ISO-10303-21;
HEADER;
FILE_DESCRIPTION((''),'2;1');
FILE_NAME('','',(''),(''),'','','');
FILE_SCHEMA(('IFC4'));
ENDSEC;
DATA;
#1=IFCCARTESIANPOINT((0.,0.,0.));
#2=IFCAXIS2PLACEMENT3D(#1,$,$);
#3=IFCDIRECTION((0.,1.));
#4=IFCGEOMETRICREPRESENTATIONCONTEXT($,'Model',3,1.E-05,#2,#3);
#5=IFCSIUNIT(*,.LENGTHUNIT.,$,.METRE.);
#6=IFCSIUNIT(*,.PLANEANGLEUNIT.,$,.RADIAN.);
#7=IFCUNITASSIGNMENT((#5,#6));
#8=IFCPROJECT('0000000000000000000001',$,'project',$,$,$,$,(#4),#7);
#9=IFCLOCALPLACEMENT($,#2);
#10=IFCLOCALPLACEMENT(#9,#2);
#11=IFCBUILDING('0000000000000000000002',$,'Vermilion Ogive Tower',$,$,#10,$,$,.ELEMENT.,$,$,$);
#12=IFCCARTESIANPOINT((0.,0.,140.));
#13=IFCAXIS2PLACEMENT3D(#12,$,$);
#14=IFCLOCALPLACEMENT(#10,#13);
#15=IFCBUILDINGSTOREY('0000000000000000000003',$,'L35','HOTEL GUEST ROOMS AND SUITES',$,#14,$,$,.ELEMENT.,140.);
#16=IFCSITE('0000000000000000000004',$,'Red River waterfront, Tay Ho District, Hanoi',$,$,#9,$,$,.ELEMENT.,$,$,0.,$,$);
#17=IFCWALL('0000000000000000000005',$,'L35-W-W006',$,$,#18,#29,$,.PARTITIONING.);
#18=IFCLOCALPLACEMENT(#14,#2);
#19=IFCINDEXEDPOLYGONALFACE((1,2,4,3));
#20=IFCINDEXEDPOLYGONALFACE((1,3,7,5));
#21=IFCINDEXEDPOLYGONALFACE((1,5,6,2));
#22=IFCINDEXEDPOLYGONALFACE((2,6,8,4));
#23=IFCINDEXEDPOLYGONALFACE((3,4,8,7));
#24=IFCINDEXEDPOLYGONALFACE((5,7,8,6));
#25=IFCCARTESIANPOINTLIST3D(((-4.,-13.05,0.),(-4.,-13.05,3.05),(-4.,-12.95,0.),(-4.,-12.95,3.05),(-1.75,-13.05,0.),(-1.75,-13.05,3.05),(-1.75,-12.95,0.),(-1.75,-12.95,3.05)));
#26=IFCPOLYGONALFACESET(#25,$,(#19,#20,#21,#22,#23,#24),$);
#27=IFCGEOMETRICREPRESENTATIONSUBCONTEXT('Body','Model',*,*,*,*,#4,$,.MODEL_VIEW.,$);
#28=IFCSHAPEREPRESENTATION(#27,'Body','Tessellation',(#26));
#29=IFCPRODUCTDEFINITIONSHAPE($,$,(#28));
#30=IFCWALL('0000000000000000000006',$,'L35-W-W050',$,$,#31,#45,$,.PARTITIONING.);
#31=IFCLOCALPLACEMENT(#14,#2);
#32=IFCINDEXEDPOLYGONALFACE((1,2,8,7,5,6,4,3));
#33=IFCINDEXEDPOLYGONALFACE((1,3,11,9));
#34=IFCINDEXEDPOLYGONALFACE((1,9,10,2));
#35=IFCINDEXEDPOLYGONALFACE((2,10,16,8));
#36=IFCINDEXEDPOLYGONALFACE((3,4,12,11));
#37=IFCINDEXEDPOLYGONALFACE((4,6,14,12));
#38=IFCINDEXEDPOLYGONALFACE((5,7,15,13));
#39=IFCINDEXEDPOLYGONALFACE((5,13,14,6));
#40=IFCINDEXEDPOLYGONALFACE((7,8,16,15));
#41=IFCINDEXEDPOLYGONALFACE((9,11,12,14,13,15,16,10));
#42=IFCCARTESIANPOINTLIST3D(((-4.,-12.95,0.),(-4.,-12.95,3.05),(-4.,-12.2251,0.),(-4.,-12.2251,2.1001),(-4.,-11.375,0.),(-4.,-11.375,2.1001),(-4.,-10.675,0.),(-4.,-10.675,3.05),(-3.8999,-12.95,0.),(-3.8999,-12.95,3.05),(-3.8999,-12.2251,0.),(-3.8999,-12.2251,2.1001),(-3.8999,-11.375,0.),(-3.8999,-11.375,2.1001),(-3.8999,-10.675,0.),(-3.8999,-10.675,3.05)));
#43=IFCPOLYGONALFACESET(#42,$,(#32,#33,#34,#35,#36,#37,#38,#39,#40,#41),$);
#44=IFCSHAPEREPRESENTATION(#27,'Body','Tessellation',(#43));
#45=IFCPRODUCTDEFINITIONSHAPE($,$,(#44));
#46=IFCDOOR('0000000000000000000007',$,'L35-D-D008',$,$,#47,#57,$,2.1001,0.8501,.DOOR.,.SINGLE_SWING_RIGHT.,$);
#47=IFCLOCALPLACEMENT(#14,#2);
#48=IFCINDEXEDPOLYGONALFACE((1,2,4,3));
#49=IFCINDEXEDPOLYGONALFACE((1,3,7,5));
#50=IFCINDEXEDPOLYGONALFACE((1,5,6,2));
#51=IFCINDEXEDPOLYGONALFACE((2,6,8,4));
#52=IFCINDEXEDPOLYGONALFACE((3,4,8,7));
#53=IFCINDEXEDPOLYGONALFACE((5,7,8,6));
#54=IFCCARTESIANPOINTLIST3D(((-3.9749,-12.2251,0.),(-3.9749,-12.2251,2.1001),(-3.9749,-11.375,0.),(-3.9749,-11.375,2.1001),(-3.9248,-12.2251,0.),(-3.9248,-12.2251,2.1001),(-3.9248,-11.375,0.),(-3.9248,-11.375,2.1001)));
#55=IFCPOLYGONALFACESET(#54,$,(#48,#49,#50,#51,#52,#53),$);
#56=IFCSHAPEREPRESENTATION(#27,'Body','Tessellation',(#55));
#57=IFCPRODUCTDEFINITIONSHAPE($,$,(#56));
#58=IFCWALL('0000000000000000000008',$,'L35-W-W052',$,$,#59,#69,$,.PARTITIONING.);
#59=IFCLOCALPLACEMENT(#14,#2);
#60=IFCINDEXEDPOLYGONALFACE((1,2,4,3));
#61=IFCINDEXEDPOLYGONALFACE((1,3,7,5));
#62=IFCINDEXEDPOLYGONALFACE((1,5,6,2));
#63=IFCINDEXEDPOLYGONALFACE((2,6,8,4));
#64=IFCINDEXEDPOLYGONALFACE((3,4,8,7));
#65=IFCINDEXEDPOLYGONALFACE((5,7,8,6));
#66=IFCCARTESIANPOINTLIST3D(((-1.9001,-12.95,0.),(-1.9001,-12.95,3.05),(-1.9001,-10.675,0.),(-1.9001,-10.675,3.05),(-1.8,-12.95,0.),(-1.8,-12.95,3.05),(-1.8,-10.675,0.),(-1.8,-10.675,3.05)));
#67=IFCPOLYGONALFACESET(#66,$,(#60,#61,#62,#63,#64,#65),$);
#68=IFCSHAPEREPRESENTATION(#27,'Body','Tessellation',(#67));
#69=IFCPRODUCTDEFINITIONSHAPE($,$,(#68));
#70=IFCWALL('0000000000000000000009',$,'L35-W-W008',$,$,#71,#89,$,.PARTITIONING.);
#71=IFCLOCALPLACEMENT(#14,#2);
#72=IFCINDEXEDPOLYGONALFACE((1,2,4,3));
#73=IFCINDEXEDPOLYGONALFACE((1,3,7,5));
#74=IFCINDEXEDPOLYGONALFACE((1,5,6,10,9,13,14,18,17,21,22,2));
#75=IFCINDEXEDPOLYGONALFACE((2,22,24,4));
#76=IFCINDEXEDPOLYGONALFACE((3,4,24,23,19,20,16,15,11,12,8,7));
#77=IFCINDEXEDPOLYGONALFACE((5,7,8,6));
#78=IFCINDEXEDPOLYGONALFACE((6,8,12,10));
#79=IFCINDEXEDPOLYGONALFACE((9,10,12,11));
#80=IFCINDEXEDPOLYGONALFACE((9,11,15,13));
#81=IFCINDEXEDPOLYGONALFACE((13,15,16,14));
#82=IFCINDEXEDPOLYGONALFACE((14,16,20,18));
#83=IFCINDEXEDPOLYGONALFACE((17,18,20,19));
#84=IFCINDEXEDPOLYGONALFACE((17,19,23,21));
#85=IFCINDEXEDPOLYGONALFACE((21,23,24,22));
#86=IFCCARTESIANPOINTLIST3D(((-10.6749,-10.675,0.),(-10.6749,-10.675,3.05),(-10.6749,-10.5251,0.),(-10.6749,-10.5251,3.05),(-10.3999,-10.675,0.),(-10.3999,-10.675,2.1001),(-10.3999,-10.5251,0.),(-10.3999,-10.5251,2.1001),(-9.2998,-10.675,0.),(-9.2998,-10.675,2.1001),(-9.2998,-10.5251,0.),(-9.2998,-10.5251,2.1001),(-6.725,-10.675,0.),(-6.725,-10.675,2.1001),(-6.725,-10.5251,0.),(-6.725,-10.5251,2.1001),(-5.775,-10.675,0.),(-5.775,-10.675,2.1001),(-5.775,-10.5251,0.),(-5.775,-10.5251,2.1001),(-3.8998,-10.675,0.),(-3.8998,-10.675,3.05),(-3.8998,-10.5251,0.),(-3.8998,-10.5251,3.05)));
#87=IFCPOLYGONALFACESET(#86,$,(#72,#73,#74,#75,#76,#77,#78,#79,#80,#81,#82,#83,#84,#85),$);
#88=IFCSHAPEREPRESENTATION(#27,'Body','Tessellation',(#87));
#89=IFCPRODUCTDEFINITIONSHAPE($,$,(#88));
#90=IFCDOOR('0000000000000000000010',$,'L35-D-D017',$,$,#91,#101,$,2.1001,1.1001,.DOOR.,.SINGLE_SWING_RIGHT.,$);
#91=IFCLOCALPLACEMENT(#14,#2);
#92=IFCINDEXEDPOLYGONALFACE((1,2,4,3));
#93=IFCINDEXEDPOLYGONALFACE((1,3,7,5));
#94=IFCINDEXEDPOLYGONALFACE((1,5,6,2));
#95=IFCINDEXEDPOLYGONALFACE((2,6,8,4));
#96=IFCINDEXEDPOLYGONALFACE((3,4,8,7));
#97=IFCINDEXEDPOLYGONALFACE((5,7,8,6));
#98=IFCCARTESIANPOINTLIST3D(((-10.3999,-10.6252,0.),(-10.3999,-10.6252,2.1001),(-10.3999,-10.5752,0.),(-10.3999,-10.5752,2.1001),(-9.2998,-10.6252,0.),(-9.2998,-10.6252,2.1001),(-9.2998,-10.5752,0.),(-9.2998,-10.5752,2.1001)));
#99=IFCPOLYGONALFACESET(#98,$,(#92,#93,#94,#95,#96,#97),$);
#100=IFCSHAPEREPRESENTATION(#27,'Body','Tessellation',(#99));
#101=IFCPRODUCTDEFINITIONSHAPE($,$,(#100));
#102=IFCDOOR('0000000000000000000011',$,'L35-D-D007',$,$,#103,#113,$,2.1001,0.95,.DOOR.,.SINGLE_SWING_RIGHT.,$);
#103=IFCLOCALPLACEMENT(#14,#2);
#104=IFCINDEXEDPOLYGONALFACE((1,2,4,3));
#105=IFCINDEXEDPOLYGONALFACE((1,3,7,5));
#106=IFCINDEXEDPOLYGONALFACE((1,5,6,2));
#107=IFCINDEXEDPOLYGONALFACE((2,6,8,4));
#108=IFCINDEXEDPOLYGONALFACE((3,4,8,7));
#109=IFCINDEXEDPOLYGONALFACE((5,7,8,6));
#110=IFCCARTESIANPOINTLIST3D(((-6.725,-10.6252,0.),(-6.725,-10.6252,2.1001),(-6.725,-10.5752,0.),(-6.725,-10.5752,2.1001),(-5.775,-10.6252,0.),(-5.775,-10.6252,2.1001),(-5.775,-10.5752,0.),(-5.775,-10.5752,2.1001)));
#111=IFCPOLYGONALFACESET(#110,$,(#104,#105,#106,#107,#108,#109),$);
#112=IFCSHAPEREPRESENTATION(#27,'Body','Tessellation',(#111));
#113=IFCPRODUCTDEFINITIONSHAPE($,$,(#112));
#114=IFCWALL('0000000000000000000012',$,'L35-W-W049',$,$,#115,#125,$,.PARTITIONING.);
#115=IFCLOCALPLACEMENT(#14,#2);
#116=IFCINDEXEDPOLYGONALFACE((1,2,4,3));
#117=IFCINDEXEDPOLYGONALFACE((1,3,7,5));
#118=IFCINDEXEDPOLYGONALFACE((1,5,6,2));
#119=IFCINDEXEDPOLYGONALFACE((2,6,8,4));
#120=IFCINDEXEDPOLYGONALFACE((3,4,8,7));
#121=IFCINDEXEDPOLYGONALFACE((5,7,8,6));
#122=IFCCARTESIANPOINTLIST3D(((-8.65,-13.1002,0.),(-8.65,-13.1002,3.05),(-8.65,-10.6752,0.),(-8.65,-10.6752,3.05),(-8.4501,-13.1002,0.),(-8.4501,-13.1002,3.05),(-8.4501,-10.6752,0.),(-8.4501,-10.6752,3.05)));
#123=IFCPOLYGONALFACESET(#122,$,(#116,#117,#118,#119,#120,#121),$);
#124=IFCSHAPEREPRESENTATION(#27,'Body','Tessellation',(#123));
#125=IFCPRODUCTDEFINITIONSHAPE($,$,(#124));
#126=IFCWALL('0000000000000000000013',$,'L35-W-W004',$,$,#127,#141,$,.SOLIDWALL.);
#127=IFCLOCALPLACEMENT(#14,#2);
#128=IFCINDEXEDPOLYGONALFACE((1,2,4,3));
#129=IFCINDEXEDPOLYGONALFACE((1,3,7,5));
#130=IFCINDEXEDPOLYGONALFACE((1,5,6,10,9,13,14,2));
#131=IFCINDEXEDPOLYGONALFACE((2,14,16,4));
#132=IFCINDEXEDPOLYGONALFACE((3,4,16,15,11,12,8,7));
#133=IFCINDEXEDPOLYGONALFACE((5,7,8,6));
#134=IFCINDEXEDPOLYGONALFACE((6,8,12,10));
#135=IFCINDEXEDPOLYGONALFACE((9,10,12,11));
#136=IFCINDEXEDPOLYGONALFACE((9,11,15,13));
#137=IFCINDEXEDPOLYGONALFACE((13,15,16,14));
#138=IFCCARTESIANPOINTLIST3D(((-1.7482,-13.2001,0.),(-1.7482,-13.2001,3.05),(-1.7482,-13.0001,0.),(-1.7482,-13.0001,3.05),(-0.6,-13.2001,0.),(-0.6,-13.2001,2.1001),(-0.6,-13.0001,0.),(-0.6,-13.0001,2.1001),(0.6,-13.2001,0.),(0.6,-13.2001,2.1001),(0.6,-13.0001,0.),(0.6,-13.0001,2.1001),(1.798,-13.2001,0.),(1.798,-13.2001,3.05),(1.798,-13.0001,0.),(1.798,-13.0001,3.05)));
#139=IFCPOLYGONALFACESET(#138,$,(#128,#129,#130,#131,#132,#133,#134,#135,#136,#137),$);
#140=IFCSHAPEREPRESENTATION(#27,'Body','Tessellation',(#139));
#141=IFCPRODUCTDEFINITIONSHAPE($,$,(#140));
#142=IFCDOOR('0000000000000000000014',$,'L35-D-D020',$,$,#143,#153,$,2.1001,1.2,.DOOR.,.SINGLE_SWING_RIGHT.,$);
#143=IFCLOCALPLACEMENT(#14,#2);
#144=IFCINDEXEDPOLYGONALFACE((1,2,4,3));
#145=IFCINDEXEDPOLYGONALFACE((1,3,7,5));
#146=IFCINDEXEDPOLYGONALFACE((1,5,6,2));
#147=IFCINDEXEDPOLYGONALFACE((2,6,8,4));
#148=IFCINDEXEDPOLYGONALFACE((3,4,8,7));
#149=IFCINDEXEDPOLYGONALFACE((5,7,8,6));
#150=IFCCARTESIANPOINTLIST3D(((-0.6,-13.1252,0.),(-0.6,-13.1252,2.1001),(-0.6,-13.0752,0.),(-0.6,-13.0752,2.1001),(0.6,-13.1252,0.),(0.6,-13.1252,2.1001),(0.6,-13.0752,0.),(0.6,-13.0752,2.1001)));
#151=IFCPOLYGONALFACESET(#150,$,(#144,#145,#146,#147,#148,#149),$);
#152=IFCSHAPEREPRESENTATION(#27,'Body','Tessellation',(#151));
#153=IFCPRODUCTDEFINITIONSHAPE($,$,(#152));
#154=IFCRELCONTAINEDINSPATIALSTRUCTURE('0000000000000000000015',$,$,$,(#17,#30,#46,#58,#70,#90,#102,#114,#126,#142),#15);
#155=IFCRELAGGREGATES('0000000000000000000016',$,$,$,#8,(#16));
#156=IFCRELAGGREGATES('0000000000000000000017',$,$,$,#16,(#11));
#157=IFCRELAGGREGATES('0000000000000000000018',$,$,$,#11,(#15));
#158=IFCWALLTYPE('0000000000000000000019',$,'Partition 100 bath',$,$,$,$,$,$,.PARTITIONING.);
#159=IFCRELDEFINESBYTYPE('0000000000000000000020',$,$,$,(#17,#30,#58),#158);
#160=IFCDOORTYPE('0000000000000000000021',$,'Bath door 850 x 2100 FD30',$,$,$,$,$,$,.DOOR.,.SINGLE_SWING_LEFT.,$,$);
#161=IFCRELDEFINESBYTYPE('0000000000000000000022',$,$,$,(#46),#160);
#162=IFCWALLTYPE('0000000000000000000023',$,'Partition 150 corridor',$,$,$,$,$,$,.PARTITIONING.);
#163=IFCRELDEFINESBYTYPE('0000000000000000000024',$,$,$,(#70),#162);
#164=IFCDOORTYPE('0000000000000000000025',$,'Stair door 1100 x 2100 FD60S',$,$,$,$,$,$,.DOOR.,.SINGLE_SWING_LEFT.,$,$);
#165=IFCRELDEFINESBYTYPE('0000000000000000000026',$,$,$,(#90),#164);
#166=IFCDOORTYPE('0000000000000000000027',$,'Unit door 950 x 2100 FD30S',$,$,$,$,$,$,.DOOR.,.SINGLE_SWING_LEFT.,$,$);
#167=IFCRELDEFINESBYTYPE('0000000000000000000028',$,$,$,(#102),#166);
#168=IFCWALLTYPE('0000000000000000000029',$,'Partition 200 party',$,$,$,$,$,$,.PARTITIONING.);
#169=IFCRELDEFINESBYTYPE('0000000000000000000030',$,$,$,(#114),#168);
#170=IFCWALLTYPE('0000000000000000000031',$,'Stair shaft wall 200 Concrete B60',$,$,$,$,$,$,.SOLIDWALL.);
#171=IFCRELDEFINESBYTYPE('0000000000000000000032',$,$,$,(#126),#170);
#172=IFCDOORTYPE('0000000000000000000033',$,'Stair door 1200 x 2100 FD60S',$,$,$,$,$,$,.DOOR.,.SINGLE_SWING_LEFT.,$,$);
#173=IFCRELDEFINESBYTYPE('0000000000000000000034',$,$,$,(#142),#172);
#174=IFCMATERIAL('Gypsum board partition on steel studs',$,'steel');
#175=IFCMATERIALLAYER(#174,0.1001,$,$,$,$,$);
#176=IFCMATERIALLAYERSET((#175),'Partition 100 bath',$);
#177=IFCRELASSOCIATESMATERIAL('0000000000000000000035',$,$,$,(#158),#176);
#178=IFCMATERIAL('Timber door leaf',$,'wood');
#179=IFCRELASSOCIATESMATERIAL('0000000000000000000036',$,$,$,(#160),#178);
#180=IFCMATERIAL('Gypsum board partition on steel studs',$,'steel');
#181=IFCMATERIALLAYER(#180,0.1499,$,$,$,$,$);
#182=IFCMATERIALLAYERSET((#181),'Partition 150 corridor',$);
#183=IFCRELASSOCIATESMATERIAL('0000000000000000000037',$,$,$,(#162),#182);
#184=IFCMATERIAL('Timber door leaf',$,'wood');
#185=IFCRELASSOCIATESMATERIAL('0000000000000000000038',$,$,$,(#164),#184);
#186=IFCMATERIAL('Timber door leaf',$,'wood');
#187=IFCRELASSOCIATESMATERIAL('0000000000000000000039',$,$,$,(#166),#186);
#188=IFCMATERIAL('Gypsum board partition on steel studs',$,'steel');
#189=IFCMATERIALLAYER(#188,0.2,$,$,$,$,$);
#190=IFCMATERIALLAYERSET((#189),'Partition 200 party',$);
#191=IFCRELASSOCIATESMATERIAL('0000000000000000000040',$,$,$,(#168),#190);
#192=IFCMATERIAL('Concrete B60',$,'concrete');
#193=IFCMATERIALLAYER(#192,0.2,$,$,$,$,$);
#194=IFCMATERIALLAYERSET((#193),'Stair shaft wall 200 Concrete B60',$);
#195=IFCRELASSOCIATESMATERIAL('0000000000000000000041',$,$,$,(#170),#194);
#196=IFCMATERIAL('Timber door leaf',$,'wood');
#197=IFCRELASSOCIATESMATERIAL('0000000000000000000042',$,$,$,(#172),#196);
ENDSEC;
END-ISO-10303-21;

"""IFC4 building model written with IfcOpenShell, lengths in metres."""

from ifc_helpers import new_model, si_unit, direction, frame, frame_2d, origin, place, context, subcontext, project, spatial, rectangle, extrude, material, layer, layer_set, type_object, element, fill, save


model = new_model("IFC4")

# Units and contexts
model_context = context("Model", 3, precision=1e-05, world=origin(), true_north=direction((0.0, 1.0)))
body_context = subcontext(model_context, "Body", "Model", "MODEL_VIEW")
ifc_project = project(units=[si_unit("LENGTHUNIT", "METRE"), si_unit("PLANEANGLEUNIT", "RADIAN")], contexts=[model_context])

# Site, building, storey
site_placement = place(None, origin())
site = spatial("IfcSite", under=ifc_project, at=site_placement, Name="Red River waterfront, Tay Ho District, Hanoi", CompositionType="ELEMENT", RefElevation=0.0)
building_placement = place(site_placement, origin())
building = spatial("IfcBuilding", under=site, at=building_placement, Name="Vermilion Ogive Tower", CompositionType="ELEMENT")
storey_placement = place(building_placement, frame((0.0, 0.0, 140.0)))
storey = spatial("IfcBuildingStorey", under=building, at=storey_placement, Name="L35", Description="HOTEL GUEST ROOMS AND SUITES", CompositionType="ELEMENT", Elevation=140.0)

# Wall
ifc_material_1 = material(Name="Gypsum board partition on steel studs", Category="steel")
ifc_layer_1 = layer(ifc_material_1, 0.1001)
ifc_layer_set_1 = layer_set([ifc_layer_1], Name="Partition 100 bath")
wall_type_1 = type_object("IfcWallType", Name="Partition 100 bath", PredefinedType="PARTITIONING", material=ifc_layer_set_1)
wall_1_placement = place(storey_placement, frame((-4.0, -13.0, 0.0), z_axis=(0.0, 0.0, 1.0), x_axis=(1.0, 0.0, 0.0)))
element("IfcWall", 1, at=wall_1_placement, inside=storey, type_object=wall_type_1, Name="L35-W-W006", PredefinedType="PARTITIONING", context=body_context, shape_type="SweptSolid", body=[
    extrude(rectangle(XDim=2.25, YDim=0.1001, at=frame_2d((1.125, 0.0))), origin(), (0.0, 0.0, 1.0), 3.05),
])

# Wall, opening, door
wall_2_placement = place(storey_placement, frame((-3.95, -12.95, 0.0), z_axis=(0.0, 0.0, 1.0), x_axis=(0.0, 1.0, 0.0)))
wall_2 = element("IfcWall", 2, at=wall_2_placement, inside=storey, type_object=wall_type_1, Name="L35-W-W050", PredefinedType="PARTITIONING", context=body_context, shape_type="SweptSolid", body=[
    extrude(rectangle(XDim=2.2749, YDim=0.1001, at=frame_2d((1.1375, 0.0))), origin(), (0.0, 0.0, 1.0), 3.05),
])
opening_1_placement = place(wall_2_placement, frame((0.7249, 0.0, 0.0)))
opening_1 = element("IfcOpeningElement", 3, at=opening_1_placement, cuts=wall_2, PredefinedType="OPENING", context=body_context, shape_type="SweptSolid", body=[
    extrude(rectangle(XDim=0.8501, YDim=2.1001, at=frame_2d((0.425, 1.05))), frame((0.0, 0.0601, 0.0), z_axis=(0.0, -1.0, 0.0), x_axis=(1.0, 0.0, 0.0)), (0.0, 0.0, 1.0), 0.1201),
])
ifc_material_2 = material(Name="Timber door leaf", Category="wood")
door_type_1 = type_object("IfcDoorType", Name="Bath door 850 x 2100 FD30", OperationType="SINGLE_SWING_LEFT", PredefinedType="DOOR", material=ifc_material_2)
door_1_placement = place(opening_1_placement, origin())
door_1 = element("IfcDoor", 4, at=door_1_placement, inside=storey, type_object=door_type_1, Name="L35-D-D008", OperationType="SINGLE_SWING_RIGHT", OverallHeight=2.1001, OverallWidth=0.8501, PredefinedType="DOOR", context=body_context, shape_type="SweptSolid", body=[
    extrude(rectangle(XDim=0.8501, YDim=2.1001, at=frame_2d((0.425, 1.05))), frame((0.0, 0.0249, 0.0), z_axis=(0.0, -1.0, 0.0), x_axis=(1.0, 0.0, 0.0)), (0.0, 0.0, 1.0), 0.05),
])
fill(opening_1, door_1)

# Wall
wall_3_placement = place(storey_placement, frame((-1.8501, -12.95, 0.0), z_axis=(0.0, 0.0, 1.0), x_axis=(0.0, 1.0, 0.0)))
element("IfcWall", 5, at=wall_3_placement, inside=storey, type_object=wall_type_1, Name="L35-W-W052", PredefinedType="PARTITIONING", context=body_context, shape_type="SweptSolid", body=[
    extrude(rectangle(XDim=2.2749, YDim=0.1001, at=frame_2d((1.1375, 0.0))), origin(), (0.0, 0.0, 1.0), 3.05),
])

# Wall, openings, doors
ifc_material_3 = material(Name="Gypsum board partition on steel studs", Category="steel")
ifc_layer_2 = layer(ifc_material_3, 0.1499)
ifc_layer_set_2 = layer_set([ifc_layer_2], Name="Partition 150 corridor")
wall_type_2 = type_object("IfcWallType", Name="Partition 150 corridor", PredefinedType="PARTITIONING", material=ifc_layer_set_2)
wall_4_placement = place(storey_placement, frame((-10.675, -10.6001, 0.0), z_axis=(0.0, 0.0, 1.0), x_axis=(1.0, 0.0, 0.0)))
wall_4 = element("IfcWall", 6, at=wall_4_placement, inside=storey, type_object=wall_type_2, Name="L35-W-W008", PredefinedType="PARTITIONING", context=body_context, shape_type="SweptSolid", body=[
    extrude(rectangle(XDim=6.7751, YDim=0.1499, at=frame_2d((3.3877, 0.0))), origin(), (0.0, 0.0, 1.0), 3.05),
])
opening_2_placement = place(wall_4_placement, frame((3.95, 0.0, 0.0)))
opening_2 = element("IfcOpeningElement", 7, at=opening_2_placement, cuts=wall_4, PredefinedType="OPENING", context=body_context, shape_type="SweptSolid", body=[
    extrude(rectangle(XDim=0.95, YDim=2.1001, at=frame_2d((0.4751, 1.05))), frame((0.0, 0.085, 0.0), z_axis=(0.0, -1.0, 0.0), x_axis=(1.0, 0.0, 0.0)), (0.0, 0.0, 1.0), 0.1699),
])
opening_3_placement = place(wall_4_placement, frame((0.2751, 0.0, 0.0)))
opening_3 = element("IfcOpeningElement", 8, at=opening_3_placement, cuts=wall_4, PredefinedType="OPENING", context=body_context, shape_type="SweptSolid", body=[
    extrude(rectangle(XDim=1.1001, YDim=2.1001, at=frame_2d((0.55, 1.05))), frame((0.0, 0.085, 0.0), z_axis=(0.0, -1.0, 0.0), x_axis=(1.0, 0.0, 0.0)), (0.0, 0.0, 1.0), 0.1699),
])
ifc_material_4 = material(Name="Timber door leaf", Category="wood")
door_type_2 = type_object("IfcDoorType", Name="Stair door 1100 x 2100 FD60S", OperationType="SINGLE_SWING_LEFT", PredefinedType="DOOR", material=ifc_material_4)
door_2_placement = place(opening_3_placement, origin())
door_2 = element("IfcDoor", 9, at=door_2_placement, inside=storey, type_object=door_type_2, Name="L35-D-D017", OperationType="SINGLE_SWING_RIGHT", OverallHeight=2.1001, OverallWidth=1.1001, PredefinedType="DOOR", context=body_context, shape_type="SweptSolid", body=[
    extrude(rectangle(XDim=1.1001, YDim=2.1001, at=frame_2d((0.55, 1.05))), frame((0.0, 0.0249, 0.0), z_axis=(0.0, -1.0, 0.0), x_axis=(1.0, 0.0, 0.0)), (0.0, 0.0, 1.0), 0.05),
])
fill(opening_3, door_2)
ifc_material_5 = material(Name="Timber door leaf", Category="wood")
door_type_3 = type_object("IfcDoorType", Name="Unit door 950 x 2100 FD30S", OperationType="SINGLE_SWING_LEFT", PredefinedType="DOOR", material=ifc_material_5)
door_3_placement = place(opening_2_placement, origin())
door_3 = element("IfcDoor", 10, at=door_3_placement, inside=storey, type_object=door_type_3, Name="L35-D-D007", OperationType="SINGLE_SWING_RIGHT", OverallHeight=2.1001, OverallWidth=0.95, PredefinedType="DOOR", context=body_context, shape_type="SweptSolid", body=[
    extrude(rectangle(XDim=0.95, YDim=2.1001, at=frame_2d((0.4751, 1.05))), frame((0.0, 0.0249, 0.0), z_axis=(0.0, -1.0, 0.0), x_axis=(1.0, 0.0, 0.0)), (0.0, 0.0, 1.0), 0.05),
])
fill(opening_2, door_3)

# Wall
ifc_material_6 = material(Name="Gypsum board partition on steel studs", Category="steel")
ifc_layer_3 = layer(ifc_material_6, 0.2)
ifc_layer_set_3 = layer_set([ifc_layer_3], Name="Partition 200 party")
wall_type_3 = type_object("IfcWallType", Name="Partition 200 party", PredefinedType="PARTITIONING", material=ifc_layer_set_3)
wall_5_placement = place(storey_placement, frame((-8.55, -13.1001, 0.0), z_axis=(0.0, 0.0, 1.0), x_axis=(0.0, 1.0, 0.0)))
element("IfcWall", 11, at=wall_5_placement, inside=storey, type_object=wall_type_3, Name="L35-W-W049", PredefinedType="PARTITIONING", context=body_context, shape_type="SweptSolid", body=[
    extrude(rectangle(XDim=2.425, YDim=0.2, at=frame_2d((1.2124, 0.0))), origin(), (0.0, 0.0, 1.0), 3.05),
])

# Wall, opening, door
ifc_material_7 = material(Name="Concrete B60", Category="concrete")
ifc_layer_4 = layer(ifc_material_7, 0.2)
ifc_layer_set_4 = layer_set([ifc_layer_4], Name="Stair shaft wall 200 Concrete B60")
wall_type_4 = type_object("IfcWallType", Name="Stair shaft wall 200 Concrete B60", PredefinedType="SOLIDWALL", material=ifc_layer_set_4)
wall_6_placement = place(storey_placement, frame((-1.748, -13.1001, 0.0), z_axis=(0.0, 0.0, 1.0), x_axis=(1.0, 0.0, 0.0)))
wall_6 = element("IfcWall", 12, at=wall_6_placement, inside=storey, type_object=wall_type_4, Name="L35-W-W004", PredefinedType="SOLIDWALL", context=body_context, shape_type="SweptSolid", body=[
    extrude(rectangle(XDim=3.5461, YDim=0.2, at=frame_2d((1.7729, 0.0))), origin(), (0.0, 0.0, 1.0), 3.05),
])
opening_4_placement = place(wall_6_placement, frame((1.1479, 0.0, 0.0)))
opening_4 = element("IfcOpeningElement", 13, at=opening_4_placement, cuts=wall_6, PredefinedType="OPENING", context=body_context, shape_type="SweptSolid", body=[
    extrude(rectangle(XDim=1.2, YDim=2.1001, at=frame_2d((0.6001, 1.05))), frame((0.0, 0.1099, 0.0), z_axis=(0.0, -1.0, 0.0), x_axis=(1.0, 0.0, 0.0)), (0.0, 0.0, 1.0), 0.22),
])
ifc_material_8 = material(Name="Timber door leaf", Category="wood")
door_type_4 = type_object("IfcDoorType", Name="Stair door 1200 x 2100 FD60S", OperationType="SINGLE_SWING_LEFT", PredefinedType="DOOR", material=ifc_material_8)
door_4_placement = place(opening_4_placement, origin())
door_4 = element("IfcDoor", 14, at=door_4_placement, inside=storey, type_object=door_type_4, Name="L35-D-D020", OperationType="SINGLE_SWING_RIGHT", OverallHeight=2.1001, OverallWidth=1.2, PredefinedType="DOOR", context=body_context, shape_type="SweptSolid", body=[
    extrude(rectangle(XDim=1.2, YDim=2.1001, at=frame_2d((0.6001, 1.05))), frame((0.0, 0.0249, 0.0), z_axis=(0.0, -1.0, 0.0), x_axis=(1.0, 0.0, 0.0)), (0.0, 0.0, 1.0), 0.05),
])
fill(opening_4, door_4)

save(model, "model.ifc")
